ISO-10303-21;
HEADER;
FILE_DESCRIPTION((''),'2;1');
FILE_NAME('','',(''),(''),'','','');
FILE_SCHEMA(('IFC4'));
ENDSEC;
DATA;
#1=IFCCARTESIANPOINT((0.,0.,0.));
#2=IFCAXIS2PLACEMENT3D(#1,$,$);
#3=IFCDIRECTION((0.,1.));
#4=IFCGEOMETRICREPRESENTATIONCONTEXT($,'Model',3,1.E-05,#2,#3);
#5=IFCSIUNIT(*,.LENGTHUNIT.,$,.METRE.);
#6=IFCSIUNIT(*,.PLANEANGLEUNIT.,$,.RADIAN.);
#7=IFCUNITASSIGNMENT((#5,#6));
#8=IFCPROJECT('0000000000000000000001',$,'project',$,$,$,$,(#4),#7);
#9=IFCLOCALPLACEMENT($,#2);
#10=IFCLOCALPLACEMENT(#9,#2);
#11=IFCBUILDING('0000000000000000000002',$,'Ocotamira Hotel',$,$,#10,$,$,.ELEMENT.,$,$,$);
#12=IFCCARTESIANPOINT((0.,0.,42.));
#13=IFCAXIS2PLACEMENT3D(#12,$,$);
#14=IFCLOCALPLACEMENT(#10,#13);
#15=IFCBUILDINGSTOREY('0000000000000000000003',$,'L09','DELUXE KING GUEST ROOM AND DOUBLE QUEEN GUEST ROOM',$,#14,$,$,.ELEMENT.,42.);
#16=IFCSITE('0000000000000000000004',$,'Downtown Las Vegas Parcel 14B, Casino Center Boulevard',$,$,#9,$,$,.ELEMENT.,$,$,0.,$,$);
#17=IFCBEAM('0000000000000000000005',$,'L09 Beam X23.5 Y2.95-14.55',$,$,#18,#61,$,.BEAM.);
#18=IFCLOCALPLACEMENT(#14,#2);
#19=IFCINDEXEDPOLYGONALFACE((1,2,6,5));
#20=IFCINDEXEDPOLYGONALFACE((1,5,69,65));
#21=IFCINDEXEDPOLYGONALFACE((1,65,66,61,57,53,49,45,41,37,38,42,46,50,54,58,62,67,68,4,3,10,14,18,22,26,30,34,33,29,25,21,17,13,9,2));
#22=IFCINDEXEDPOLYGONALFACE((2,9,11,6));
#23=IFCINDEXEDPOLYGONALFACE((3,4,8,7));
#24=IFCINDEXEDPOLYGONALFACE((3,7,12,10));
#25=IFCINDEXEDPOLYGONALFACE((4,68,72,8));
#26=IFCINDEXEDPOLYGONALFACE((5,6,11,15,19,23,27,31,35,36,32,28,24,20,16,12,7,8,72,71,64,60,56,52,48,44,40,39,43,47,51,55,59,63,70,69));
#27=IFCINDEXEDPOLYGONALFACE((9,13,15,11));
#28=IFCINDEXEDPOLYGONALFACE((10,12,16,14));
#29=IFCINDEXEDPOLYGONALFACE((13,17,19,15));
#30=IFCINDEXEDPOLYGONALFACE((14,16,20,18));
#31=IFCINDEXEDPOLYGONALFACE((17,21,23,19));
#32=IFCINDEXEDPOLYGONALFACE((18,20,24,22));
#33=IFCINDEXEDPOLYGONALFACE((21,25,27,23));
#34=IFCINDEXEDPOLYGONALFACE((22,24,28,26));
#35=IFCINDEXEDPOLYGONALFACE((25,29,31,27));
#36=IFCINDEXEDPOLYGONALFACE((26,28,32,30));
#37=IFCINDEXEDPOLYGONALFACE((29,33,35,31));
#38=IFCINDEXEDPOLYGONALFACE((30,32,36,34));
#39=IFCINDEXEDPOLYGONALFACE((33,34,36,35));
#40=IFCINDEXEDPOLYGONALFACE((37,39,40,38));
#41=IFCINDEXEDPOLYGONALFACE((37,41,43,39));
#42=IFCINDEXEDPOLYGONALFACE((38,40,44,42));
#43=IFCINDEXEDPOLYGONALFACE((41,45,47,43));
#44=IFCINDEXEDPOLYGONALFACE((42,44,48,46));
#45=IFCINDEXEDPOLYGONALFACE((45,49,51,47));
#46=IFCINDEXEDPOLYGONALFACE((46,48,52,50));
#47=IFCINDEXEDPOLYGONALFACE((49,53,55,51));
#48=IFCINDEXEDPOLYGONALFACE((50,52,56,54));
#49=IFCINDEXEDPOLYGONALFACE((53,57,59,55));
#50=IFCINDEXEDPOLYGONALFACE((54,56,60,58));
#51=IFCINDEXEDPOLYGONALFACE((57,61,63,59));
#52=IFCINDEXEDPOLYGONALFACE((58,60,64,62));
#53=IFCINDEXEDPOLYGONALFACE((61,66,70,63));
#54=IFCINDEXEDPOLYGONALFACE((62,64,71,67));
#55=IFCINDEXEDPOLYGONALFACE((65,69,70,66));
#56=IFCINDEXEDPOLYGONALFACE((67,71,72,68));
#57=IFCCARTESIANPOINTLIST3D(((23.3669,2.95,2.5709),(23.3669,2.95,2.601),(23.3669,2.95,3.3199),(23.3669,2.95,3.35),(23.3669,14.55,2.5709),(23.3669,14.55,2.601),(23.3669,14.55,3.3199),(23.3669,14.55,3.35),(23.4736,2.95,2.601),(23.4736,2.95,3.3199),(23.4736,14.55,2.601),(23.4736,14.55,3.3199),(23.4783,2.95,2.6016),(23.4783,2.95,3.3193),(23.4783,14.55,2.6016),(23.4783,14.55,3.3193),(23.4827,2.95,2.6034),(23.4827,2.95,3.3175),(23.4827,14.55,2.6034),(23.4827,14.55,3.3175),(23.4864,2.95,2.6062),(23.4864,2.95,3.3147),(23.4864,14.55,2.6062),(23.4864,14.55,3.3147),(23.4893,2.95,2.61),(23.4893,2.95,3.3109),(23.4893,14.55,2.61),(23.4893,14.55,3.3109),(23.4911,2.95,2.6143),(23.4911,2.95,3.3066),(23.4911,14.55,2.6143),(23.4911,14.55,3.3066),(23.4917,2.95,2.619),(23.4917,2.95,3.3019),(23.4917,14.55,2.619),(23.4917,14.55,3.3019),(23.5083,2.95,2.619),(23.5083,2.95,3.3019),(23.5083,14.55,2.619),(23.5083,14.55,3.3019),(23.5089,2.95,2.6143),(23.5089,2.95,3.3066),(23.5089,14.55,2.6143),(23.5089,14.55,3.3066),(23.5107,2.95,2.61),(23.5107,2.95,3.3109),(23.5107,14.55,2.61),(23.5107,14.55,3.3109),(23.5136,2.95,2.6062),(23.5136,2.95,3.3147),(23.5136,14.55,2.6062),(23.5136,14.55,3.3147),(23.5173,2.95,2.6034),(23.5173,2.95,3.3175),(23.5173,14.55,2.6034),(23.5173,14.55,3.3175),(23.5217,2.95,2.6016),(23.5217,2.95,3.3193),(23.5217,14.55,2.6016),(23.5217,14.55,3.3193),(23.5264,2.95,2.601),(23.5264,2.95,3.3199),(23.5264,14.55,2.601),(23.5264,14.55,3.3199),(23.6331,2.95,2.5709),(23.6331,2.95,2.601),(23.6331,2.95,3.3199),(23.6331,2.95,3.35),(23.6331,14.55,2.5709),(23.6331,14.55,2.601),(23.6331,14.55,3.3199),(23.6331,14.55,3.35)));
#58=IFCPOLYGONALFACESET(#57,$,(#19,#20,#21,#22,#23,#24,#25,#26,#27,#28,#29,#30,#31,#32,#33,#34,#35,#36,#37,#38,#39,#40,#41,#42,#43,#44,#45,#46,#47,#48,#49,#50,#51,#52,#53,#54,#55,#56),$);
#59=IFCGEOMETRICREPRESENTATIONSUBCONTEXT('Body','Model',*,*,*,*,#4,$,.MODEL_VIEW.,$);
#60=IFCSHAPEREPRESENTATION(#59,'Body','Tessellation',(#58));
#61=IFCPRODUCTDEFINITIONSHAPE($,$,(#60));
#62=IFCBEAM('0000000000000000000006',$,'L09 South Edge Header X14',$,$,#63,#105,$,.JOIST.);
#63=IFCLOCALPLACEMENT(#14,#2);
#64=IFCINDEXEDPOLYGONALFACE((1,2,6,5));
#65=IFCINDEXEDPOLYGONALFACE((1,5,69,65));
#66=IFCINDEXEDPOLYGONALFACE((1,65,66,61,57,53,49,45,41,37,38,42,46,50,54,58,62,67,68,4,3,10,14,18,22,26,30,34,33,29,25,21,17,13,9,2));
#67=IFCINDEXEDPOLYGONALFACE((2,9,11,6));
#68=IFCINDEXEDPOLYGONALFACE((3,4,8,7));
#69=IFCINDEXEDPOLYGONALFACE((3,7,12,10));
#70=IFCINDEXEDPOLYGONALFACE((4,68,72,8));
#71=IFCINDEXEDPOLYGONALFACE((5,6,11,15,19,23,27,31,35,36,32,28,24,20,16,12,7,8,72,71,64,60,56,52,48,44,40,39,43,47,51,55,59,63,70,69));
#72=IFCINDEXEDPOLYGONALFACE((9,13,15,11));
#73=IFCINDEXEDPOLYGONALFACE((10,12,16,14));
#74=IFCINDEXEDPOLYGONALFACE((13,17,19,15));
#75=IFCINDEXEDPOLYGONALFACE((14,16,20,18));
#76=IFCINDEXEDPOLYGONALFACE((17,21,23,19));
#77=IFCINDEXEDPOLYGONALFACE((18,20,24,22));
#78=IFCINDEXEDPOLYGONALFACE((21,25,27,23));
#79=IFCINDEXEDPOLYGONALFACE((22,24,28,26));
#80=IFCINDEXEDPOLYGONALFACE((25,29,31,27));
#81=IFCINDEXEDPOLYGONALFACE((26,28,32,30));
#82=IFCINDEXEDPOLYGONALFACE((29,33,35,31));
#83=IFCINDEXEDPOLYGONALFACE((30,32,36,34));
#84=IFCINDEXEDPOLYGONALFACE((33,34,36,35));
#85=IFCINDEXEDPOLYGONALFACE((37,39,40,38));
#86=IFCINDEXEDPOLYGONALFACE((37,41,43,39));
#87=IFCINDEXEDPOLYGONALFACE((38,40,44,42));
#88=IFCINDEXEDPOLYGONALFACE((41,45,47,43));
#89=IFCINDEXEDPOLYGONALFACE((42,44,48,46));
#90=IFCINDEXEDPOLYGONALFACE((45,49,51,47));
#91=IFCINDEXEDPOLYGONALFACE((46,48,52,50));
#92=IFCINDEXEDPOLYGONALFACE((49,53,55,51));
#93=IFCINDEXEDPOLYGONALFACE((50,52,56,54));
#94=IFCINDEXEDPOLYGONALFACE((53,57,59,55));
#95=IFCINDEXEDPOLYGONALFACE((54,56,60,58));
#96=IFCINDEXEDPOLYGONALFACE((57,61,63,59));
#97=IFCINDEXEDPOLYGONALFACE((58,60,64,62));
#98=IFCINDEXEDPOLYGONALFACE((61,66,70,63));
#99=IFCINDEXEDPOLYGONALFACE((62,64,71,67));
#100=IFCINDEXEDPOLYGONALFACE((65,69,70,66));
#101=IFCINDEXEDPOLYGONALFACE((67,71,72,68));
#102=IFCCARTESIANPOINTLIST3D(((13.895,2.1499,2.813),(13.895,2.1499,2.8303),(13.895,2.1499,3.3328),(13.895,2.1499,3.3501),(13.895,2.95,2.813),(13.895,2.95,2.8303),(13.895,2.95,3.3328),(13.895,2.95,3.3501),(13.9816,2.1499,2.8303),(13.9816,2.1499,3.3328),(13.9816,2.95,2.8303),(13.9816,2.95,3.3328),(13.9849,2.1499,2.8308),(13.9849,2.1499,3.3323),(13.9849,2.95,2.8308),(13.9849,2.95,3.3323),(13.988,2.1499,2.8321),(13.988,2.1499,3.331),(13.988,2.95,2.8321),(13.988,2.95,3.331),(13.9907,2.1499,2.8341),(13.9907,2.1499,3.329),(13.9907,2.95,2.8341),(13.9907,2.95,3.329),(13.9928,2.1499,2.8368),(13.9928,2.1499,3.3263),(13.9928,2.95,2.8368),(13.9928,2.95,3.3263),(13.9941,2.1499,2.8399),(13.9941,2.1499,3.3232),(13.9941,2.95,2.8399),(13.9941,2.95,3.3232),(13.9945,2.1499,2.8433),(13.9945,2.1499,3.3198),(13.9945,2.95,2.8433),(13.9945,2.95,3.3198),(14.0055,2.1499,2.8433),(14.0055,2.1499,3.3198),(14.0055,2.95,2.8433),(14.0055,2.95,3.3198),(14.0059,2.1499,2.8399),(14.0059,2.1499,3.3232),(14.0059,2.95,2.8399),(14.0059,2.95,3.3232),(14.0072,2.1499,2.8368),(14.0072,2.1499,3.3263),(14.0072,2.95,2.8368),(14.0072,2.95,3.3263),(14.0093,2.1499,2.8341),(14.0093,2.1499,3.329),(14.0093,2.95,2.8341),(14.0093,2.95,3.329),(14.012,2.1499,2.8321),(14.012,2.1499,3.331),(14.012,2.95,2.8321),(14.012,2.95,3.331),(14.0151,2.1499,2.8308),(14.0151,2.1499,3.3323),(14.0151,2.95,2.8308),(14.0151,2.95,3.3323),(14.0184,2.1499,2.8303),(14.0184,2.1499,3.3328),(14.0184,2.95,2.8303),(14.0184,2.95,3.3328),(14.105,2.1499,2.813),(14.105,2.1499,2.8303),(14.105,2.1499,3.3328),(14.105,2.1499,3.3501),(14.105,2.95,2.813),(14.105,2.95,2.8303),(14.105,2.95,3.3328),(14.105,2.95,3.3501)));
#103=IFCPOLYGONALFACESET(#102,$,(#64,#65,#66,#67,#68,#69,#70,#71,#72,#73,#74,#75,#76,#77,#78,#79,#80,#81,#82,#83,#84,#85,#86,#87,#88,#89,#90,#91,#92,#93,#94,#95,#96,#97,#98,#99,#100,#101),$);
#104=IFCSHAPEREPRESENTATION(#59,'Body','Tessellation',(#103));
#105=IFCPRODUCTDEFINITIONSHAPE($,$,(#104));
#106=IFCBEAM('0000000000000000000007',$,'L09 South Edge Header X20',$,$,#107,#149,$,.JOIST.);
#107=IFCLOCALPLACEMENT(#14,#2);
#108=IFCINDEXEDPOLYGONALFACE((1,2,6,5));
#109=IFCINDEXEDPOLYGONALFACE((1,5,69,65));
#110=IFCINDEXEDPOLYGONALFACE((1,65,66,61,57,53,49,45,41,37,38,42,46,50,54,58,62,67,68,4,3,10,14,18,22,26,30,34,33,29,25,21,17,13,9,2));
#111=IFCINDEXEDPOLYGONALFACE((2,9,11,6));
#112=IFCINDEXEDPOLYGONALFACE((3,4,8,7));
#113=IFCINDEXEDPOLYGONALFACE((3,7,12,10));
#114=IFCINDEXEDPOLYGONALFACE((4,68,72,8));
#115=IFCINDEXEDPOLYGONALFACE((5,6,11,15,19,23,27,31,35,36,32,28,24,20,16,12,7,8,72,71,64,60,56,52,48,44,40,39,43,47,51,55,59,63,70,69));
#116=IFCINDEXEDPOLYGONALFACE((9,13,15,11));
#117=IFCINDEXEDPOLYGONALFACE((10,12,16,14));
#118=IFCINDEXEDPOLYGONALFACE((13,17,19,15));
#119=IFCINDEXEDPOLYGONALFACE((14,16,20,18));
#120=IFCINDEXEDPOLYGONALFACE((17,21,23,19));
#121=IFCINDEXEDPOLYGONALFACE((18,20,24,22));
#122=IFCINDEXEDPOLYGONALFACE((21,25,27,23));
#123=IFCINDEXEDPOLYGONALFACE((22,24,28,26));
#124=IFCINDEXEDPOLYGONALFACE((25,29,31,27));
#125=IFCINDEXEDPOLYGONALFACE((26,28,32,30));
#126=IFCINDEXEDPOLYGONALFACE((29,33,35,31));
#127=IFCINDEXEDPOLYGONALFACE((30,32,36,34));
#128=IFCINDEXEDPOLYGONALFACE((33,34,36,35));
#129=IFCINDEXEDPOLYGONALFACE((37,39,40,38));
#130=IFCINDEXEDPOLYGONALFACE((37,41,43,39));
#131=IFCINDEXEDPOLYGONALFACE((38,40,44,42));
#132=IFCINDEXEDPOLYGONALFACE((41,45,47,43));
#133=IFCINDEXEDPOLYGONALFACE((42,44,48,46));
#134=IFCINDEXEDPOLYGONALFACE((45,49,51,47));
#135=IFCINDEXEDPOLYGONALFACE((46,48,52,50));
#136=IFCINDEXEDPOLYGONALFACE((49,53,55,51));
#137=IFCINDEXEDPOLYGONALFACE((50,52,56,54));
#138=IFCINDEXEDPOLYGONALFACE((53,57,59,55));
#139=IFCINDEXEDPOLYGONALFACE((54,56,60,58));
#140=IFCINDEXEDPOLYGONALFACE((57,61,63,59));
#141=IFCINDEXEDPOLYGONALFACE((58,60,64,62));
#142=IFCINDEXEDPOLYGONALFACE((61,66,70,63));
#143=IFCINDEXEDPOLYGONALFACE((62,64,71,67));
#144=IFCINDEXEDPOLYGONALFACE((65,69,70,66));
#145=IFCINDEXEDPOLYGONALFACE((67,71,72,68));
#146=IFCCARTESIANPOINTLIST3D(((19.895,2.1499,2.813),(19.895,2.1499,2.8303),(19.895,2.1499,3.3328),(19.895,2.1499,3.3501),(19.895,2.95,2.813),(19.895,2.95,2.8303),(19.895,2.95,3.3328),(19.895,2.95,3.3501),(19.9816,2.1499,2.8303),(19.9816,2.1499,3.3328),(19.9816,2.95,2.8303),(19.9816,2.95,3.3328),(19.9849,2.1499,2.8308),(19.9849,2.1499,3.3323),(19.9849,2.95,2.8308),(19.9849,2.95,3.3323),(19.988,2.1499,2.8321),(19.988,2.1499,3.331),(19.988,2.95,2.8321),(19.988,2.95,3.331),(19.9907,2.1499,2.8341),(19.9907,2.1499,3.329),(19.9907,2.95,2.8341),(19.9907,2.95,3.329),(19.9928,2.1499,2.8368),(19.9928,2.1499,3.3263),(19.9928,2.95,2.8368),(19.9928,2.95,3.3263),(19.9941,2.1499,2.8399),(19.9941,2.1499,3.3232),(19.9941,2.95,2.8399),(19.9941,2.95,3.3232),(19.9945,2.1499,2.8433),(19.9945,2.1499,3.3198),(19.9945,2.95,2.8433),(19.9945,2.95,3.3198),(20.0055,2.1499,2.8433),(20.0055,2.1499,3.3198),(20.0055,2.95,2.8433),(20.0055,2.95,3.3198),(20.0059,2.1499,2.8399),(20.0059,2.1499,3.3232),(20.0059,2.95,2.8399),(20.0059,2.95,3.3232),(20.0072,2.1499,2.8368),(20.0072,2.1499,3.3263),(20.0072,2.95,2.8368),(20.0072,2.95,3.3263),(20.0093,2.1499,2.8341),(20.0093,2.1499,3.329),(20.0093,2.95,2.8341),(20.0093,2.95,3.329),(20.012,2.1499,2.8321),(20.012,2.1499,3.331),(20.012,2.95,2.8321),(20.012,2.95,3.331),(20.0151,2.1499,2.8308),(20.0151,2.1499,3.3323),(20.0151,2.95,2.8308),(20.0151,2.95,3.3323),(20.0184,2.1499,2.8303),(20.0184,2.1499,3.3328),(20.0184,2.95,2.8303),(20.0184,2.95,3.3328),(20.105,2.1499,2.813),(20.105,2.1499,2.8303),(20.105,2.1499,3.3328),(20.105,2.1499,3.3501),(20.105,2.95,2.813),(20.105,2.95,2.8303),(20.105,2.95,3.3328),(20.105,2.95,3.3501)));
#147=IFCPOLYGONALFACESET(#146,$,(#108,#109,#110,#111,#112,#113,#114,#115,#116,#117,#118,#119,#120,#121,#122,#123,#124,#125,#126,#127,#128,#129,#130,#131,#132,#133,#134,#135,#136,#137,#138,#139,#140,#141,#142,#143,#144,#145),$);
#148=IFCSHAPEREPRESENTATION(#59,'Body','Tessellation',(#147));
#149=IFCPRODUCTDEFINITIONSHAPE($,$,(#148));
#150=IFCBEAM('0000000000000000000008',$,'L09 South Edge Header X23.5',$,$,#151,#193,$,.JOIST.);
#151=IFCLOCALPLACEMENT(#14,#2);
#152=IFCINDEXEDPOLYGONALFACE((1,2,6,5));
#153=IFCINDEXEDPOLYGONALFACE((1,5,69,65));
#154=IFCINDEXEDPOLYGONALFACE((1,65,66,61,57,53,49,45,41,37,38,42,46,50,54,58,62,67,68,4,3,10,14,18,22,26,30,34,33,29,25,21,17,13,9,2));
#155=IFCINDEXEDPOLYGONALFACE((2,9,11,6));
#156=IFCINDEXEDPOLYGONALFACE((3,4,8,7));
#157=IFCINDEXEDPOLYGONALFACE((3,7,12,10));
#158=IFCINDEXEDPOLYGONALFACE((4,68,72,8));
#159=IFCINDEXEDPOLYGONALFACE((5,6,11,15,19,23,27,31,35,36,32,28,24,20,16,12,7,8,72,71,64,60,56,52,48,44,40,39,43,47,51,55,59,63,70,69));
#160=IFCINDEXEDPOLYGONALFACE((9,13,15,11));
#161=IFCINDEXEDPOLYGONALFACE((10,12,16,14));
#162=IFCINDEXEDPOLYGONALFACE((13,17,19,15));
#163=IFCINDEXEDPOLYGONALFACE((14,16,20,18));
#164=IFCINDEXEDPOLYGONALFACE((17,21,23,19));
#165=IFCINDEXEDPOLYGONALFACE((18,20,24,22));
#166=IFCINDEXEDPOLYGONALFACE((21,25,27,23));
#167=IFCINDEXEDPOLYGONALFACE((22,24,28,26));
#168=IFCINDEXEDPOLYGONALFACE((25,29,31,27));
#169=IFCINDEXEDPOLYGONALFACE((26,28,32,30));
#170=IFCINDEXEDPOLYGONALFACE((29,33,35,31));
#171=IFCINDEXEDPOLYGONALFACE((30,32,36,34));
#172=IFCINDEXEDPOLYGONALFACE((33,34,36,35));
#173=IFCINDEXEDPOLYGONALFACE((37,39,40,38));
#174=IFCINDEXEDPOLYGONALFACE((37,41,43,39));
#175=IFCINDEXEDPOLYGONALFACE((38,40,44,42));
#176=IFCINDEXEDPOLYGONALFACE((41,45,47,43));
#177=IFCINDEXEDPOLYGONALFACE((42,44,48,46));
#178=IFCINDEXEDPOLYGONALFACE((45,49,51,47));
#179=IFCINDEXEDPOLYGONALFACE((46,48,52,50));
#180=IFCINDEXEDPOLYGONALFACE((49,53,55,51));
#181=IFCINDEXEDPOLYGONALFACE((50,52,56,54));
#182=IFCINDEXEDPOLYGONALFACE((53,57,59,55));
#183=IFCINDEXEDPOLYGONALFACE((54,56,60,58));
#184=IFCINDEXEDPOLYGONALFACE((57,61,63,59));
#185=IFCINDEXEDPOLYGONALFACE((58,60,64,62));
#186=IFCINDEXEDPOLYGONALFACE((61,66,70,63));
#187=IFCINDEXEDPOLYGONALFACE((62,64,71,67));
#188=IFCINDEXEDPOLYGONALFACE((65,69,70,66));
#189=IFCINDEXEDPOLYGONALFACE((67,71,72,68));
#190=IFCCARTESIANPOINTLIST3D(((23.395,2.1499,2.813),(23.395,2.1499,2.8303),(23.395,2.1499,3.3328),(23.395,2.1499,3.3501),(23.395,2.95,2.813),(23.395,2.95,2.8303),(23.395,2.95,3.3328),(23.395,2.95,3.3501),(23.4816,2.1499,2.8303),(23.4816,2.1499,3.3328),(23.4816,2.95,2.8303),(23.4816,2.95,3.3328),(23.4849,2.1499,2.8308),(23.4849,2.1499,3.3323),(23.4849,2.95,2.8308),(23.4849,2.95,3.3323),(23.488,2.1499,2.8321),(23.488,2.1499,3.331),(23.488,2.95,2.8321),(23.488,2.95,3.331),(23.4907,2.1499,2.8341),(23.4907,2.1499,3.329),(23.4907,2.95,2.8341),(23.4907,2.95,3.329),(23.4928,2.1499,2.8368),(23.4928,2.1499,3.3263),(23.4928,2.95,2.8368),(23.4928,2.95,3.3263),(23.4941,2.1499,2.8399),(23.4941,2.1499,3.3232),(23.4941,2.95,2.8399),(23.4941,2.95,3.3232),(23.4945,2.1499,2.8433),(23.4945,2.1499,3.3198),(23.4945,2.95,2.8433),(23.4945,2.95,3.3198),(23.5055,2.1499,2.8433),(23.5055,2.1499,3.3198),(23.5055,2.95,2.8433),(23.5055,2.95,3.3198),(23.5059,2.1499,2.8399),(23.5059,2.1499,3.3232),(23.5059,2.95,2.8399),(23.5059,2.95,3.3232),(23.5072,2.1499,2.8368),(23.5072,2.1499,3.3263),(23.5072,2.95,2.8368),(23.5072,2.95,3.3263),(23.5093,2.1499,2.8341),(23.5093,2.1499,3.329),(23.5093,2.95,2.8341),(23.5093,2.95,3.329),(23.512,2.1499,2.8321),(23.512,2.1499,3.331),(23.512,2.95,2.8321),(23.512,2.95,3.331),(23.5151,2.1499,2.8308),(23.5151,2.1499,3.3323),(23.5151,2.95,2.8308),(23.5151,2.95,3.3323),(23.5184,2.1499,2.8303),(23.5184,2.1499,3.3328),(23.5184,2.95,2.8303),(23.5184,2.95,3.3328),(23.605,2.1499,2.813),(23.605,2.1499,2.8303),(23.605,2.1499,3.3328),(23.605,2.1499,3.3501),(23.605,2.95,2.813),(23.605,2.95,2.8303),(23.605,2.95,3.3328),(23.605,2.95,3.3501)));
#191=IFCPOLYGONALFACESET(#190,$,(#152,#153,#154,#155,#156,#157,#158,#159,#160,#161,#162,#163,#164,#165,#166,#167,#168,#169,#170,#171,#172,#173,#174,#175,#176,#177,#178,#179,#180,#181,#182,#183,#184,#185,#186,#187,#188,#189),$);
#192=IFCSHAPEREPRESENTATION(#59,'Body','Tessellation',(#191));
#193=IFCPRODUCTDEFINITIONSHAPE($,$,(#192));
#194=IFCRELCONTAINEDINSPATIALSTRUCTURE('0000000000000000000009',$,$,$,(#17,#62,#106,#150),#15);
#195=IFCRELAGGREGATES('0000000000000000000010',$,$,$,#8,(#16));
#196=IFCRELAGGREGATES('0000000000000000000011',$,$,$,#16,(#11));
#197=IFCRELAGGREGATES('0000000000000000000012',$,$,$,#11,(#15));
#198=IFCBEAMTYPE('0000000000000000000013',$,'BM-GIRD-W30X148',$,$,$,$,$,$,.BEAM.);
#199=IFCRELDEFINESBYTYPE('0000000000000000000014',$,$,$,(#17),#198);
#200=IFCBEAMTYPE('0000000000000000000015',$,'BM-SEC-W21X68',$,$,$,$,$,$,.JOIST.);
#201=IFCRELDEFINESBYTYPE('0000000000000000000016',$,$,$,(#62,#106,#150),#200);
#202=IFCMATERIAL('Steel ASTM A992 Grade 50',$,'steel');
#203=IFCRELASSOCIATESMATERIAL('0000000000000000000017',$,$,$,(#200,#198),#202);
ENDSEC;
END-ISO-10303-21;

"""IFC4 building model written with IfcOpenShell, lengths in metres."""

from ifc_helpers import new_model, si_unit, direction, frame, origin, origin_2d, place, context, subcontext, project, spatial, i_section, extrude, source, transform, mapped, material, material_profile, profile_set, type_object, element, save


model = new_model("IFC4")

# Units and contexts
model_context = context("Model", 3, precision=1e-05, world=origin(), true_north=direction((0.0, 1.0)))
body_context = subcontext(model_context, "Body", "Model", "MODEL_VIEW")
ifc_project = project(units=[si_unit("LENGTHUNIT", "METRE"), si_unit("PLANEANGLEUNIT", "RADIAN")], contexts=[model_context])

# Site, building, storey
site_placement = place(None, origin())
site = spatial("IfcSite", under=ifc_project, at=site_placement, Name="Downtown Las Vegas Parcel 14B, Casino Center Boulevard", CompositionType="ELEMENT", RefElevation=0.0)
building_placement = place(site_placement, origin())
building = spatial("IfcBuilding", under=site, at=building_placement, Name="Ocotamira Hotel", CompositionType="ELEMENT")
storey_placement = place(building_placement, frame((0.0, 0.0, 42.0)))
storey = spatial("IfcBuildingStorey", under=building, at=storey_placement, Name="L09", Description="DELUXE KING GUEST ROOM AND DOUBLE QUEEN GUEST ROOM", CompositionType="ELEMENT", Elevation=42.0)

# Beams
ifc_material_1 = material(Name="Steel ASTM A992 Grade 50", Category="steel")
ifc_material_profile_1 = material_profile(ifc_material_1, i_section(OverallWidth=0.21, OverallDepth=0.5371, WebThickness=0.011, FlangeThickness=0.0173, FilletRadius=0.0129, at=origin_2d()), Name="W21X68")
ifc_profile_set_1 = profile_set([ifc_material_profile_1], Name="Steel ASTM A992 Grade 50")
beam_type_1 = type_object("IfcBeamType", Name="BM-SEC-W21X68", PredefinedType="JOIST", material=ifc_profile_set_1)
ifc_material_profile_2 = material_profile(ifc_material_1, i_section(OverallWidth=0.2661, OverallDepth=0.7791, WebThickness=0.0166, FlangeThickness=0.03, FilletRadius=0.0181, at=origin_2d()), Name="W30X148")
ifc_profile_set_2 = profile_set([ifc_material_profile_2], Name="Steel ASTM A992 Grade 50")
beam_type_2 = type_object("IfcBeamType", Name="BM-GIRD-W30X148", PredefinedType="BEAM", material=ifc_profile_set_2)
shared_shape_1 = source(origin(), body_context, "Body", "SweptSolid", [
    extrude(i_section(OverallWidth=0.2661, OverallDepth=0.7791, WebThickness=0.0166, FlangeThickness=0.03, FilletRadius=0.0181, at=origin_2d()), origin(), (0.0, 0.0, 1.0), 11.6001),
])
beam_1_placement = place(storey_placement, frame((23.5, 2.95, 2.9604), z_axis=(0.0, 1.0, 0.0), x_axis=(-1.0, 0.0, 0.0)))
element("IfcBeam", 1, at=beam_1_placement, inside=storey, type_object=beam_type_2, Name="L09 Beam X23.5 Y2.95-14.55", PredefinedType="BEAM", context=body_context, shape_type="MappedRepresentation", body=[
    mapped(shared_shape_1, transform((0.0, 0.0, 0.0), scale=1.0)),
])
shared_shape_2 = source(origin(), body_context, "Body", "SweptSolid", [
    extrude(i_section(OverallWidth=0.21, OverallDepth=0.5371, WebThickness=0.011, FlangeThickness=0.0173, FilletRadius=0.0129, at=origin_2d()), origin(), (0.0, 0.0, 1.0), 0.8),
])
for number, where, z_axis, x_axis, name in (
    (2, (14.0, 2.95, 3.0815), (0.0, -1.0, 0.0), (1.0, 0.0, 0.0), "L09 South Edge Header X14"),
    (3, (20.0, 2.95, 3.0815), (0.0, -1.0, 0.0), (1.0, 0.0, 0.0), "L09 South Edge Header X20"),
    (4, (23.5, 2.95, 3.0815), (0.0, -1.0, 0.0), (1.0, 0.0, 0.0), "L09 South Edge Header X23.5"),
):
    element("IfcBeam", number, at=place(storey_placement, frame(where, z_axis=z_axis, x_axis=x_axis)), inside=storey, type_object=beam_type_1, Name=name, PredefinedType="JOIST", context=body_context, shape_type="MappedRepresentation", body=[
        mapped(shared_shape_2, transform((0.0, 0.0, 0.0), scale=1.0)),
    ])

save(model, "model.ifc")
